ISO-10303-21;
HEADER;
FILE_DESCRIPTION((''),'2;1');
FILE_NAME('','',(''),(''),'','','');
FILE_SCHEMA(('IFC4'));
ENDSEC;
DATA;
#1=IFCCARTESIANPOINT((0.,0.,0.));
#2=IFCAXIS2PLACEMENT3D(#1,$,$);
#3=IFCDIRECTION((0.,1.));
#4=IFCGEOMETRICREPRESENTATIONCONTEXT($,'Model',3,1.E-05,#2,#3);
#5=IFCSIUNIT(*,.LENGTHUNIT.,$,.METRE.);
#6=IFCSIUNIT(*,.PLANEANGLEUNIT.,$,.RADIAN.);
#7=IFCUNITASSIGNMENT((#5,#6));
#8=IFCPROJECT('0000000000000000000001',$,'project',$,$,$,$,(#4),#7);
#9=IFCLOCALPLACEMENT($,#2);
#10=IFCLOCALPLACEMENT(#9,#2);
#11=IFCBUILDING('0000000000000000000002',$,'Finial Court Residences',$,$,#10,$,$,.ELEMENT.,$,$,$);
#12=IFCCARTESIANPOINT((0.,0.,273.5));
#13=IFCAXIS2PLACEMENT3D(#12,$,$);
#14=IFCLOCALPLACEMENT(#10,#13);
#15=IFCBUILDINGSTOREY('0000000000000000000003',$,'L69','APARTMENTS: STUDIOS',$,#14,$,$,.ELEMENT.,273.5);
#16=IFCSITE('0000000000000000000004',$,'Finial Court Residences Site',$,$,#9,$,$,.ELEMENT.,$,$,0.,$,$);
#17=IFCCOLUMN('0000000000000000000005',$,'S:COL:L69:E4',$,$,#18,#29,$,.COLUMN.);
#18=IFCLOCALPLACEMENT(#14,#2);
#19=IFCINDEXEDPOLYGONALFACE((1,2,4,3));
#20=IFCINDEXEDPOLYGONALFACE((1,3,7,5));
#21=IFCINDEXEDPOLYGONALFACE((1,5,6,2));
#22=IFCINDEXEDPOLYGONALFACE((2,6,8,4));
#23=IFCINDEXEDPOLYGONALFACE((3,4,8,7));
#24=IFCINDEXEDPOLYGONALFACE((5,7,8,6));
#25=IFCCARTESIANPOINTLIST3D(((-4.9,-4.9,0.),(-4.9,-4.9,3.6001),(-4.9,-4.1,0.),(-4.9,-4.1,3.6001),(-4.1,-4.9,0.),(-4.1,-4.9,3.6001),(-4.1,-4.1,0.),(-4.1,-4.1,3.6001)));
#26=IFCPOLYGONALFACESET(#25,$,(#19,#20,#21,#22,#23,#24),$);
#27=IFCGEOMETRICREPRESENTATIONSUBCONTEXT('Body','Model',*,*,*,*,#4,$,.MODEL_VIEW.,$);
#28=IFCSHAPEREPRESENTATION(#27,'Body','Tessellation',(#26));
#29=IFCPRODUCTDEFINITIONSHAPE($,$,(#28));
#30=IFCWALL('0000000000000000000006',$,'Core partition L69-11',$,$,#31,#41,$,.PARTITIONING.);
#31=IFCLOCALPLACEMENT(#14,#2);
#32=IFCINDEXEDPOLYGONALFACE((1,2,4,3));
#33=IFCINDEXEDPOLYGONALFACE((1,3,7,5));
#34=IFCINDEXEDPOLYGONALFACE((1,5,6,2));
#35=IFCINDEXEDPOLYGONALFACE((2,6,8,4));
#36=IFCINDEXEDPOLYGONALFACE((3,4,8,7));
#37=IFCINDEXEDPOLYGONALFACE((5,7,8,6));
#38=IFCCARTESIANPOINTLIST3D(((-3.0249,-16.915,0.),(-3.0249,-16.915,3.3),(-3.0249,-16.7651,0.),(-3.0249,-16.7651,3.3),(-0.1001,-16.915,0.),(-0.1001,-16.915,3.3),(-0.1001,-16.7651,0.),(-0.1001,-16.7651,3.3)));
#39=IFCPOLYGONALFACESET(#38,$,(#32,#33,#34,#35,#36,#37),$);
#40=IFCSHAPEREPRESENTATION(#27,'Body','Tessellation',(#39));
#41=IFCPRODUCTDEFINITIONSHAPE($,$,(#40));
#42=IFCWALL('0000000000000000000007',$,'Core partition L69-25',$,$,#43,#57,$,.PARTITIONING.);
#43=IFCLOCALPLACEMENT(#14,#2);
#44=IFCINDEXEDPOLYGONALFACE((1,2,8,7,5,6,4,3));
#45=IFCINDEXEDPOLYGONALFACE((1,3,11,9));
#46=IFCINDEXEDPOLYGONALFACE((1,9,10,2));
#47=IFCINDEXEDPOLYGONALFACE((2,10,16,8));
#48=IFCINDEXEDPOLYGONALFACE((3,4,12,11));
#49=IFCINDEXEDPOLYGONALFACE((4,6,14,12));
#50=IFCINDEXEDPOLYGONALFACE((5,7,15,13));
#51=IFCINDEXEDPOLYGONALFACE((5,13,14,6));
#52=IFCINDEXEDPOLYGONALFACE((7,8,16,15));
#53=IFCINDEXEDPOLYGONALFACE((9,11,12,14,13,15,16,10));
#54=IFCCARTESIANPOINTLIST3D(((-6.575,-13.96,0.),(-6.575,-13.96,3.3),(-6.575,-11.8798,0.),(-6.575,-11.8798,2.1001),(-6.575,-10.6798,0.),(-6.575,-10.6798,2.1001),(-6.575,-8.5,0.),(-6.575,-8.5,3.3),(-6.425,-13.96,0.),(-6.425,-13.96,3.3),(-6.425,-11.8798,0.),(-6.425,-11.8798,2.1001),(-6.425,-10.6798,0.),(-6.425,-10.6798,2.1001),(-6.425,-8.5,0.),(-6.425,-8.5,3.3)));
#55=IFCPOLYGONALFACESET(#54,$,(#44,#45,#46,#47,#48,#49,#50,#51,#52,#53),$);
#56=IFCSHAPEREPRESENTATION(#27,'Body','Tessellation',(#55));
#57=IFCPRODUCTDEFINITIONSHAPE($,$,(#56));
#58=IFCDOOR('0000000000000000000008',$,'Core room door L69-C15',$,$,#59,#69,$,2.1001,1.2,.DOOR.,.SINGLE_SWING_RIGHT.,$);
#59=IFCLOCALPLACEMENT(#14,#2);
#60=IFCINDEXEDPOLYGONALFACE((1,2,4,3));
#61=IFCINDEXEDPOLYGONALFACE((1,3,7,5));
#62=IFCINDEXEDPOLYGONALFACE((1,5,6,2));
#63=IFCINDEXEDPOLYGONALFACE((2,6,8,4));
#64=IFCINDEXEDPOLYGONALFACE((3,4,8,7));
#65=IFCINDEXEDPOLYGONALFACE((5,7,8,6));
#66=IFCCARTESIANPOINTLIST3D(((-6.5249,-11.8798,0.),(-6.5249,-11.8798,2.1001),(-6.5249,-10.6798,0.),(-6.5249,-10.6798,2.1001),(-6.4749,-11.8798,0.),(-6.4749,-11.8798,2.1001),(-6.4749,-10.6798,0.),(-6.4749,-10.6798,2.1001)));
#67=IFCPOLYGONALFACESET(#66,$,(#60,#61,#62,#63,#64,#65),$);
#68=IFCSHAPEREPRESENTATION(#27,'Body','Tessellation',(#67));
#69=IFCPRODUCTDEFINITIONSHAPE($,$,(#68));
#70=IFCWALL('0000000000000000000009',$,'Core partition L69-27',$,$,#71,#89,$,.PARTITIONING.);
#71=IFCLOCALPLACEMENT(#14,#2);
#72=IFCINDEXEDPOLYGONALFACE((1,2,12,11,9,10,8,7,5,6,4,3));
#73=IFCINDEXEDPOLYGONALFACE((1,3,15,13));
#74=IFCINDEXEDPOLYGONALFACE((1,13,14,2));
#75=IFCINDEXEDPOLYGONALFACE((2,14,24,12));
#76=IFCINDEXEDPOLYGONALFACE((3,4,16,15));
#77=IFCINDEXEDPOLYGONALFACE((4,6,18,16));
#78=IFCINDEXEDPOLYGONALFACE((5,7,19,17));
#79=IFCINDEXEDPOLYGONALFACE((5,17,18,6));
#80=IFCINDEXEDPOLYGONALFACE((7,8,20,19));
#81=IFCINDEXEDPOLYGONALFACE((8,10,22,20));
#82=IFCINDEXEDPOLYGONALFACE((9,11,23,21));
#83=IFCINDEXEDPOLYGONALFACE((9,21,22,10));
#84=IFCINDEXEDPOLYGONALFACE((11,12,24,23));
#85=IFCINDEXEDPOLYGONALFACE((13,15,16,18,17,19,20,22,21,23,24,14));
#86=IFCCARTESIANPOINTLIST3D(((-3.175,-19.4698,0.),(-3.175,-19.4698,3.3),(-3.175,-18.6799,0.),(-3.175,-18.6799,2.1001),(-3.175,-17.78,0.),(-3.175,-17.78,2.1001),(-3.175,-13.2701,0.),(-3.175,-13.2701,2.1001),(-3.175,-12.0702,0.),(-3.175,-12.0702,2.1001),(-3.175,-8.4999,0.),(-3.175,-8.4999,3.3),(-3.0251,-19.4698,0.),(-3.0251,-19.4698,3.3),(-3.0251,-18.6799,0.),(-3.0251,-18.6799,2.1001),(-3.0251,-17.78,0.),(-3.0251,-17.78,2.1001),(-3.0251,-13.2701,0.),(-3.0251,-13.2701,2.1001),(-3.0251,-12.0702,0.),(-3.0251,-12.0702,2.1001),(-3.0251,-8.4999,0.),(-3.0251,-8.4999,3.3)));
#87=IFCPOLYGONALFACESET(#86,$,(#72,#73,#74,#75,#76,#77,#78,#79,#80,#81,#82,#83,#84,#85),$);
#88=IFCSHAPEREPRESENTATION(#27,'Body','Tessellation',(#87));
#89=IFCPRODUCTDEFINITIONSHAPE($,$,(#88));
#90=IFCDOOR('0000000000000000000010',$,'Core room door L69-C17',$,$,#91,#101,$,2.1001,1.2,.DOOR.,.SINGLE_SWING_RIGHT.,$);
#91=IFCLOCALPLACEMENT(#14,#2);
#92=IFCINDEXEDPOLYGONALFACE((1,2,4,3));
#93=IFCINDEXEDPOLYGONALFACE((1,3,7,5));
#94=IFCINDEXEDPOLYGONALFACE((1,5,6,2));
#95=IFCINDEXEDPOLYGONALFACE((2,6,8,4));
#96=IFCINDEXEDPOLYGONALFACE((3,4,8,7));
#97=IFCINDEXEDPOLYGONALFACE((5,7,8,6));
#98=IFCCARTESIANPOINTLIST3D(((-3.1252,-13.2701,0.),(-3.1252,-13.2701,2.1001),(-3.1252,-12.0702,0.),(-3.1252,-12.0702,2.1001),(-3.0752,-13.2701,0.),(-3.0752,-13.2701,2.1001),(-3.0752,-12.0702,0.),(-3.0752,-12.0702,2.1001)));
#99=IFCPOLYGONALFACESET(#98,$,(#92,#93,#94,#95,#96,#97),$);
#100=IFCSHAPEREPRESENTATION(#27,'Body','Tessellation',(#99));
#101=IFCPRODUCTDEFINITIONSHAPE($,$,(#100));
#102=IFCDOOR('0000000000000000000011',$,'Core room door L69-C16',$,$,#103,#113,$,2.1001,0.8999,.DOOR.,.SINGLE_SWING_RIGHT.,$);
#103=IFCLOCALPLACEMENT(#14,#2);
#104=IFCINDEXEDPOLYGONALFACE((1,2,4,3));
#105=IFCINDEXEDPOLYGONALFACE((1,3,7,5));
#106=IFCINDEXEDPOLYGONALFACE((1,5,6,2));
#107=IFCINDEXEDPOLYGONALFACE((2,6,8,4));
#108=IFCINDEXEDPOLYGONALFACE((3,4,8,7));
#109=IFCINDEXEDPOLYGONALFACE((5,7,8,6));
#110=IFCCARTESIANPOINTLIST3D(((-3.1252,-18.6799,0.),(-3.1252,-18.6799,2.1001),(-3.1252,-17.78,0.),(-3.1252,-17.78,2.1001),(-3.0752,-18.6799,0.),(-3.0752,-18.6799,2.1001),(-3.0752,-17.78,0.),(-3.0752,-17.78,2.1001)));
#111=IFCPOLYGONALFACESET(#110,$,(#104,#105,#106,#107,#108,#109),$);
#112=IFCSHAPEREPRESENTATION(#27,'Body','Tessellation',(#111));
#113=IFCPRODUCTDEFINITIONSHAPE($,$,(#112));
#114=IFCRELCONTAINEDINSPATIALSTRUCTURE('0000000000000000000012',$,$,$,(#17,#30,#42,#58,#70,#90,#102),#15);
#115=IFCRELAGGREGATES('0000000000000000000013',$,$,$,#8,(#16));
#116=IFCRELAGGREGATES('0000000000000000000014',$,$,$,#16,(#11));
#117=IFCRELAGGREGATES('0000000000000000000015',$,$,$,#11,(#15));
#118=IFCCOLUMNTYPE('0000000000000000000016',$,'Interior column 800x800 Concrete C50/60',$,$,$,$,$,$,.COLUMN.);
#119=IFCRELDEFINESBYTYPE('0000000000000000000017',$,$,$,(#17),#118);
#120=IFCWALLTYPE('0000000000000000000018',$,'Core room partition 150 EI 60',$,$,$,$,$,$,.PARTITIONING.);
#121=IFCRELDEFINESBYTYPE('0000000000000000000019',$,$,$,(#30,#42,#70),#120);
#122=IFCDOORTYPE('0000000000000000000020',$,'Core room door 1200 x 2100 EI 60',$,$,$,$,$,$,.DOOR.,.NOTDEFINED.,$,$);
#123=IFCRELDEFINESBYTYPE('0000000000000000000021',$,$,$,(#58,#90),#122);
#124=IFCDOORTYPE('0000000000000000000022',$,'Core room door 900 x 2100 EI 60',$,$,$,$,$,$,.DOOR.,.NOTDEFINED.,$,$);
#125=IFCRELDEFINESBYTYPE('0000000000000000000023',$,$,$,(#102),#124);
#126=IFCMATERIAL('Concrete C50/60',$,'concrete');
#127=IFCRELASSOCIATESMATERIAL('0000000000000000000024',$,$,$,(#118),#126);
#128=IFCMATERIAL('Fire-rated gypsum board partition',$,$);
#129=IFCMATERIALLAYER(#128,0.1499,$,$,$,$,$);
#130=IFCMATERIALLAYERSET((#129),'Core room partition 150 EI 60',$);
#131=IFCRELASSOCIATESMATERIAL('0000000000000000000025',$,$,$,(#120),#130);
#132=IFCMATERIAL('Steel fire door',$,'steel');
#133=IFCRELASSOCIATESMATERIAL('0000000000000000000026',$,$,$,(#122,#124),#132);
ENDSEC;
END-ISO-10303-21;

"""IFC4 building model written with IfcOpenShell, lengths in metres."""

from ifc_helpers import new_model, si_unit, direction, frame, frame_2d, origin, origin_2d, place, context, subcontext, project, spatial, rectangle, extrude, material, layer, layer_set, material_profile, profile_set, type_object, element, fill, save


model = new_model("IFC4")

# Units and contexts
model_context = context("Model", 3, precision=1e-05, world=origin(), true_north=direction((0.0, 1.0)))
body_context = subcontext(model_context, "Body", "Model", "MODEL_VIEW")
ifc_project = project(units=[si_unit("LENGTHUNIT", "METRE"), si_unit("PLANEANGLEUNIT", "RADIAN")], contexts=[model_context])

# Site, building, storey
site_placement = place(None, origin())
site = spatial("IfcSite", under=ifc_project, at=site_placement, Name="Finial Court Residences Site", CompositionType="ELEMENT", RefElevation=0.0)
building_placement = place(site_placement, origin())
building = spatial("IfcBuilding", under=site, at=building_placement, Name="Finial Court Residences", CompositionType="ELEMENT")
storey_placement = place(building_placement, frame((0.0, 0.0, 273.5)))
storey = spatial("IfcBuildingStorey", under=building, at=storey_placement, Name="L69", Description="APARTMENTS: STUDIOS", CompositionType="ELEMENT", Elevation=273.5)

# Column
ifc_material_1 = material(Name="Concrete C50/60", Category="concrete")
ifc_material_profile = material_profile(ifc_material_1, rectangle(XDim=0.8, YDim=0.8, at=origin_2d()), Name="800x800")
ifc_profile_set = profile_set([ifc_material_profile], Name="Concrete C50/60")
column_type = type_object("IfcColumnType", Name="Interior column 800x800 Concrete C50/60", PredefinedType="COLUMN", material=ifc_profile_set)
column_placement = place(storey_placement, frame((-4.5, -4.5, 0.0), z_axis=(0.0, 0.0, 1.0), x_axis=(1.0, 0.0, 0.0)))
element("IfcColumn", 1, at=column_placement, inside=storey, type_object=column_type, Name="S:COL:L69:E4", PredefinedType="COLUMN", context=body_context, shape_type="SweptSolid", body=[
    extrude(rectangle(XDim=0.8, YDim=0.8, at=origin_2d()), origin(), (0.0, 0.0, 1.0), 3.6001),
])

# Wall
ifc_material_2 = material(Name="Fire-rated gypsum board partition")
ifc_layer_1 = layer(ifc_material_2, 0.1499)
ifc_layer_set_1 = layer_set([ifc_layer_1], Name="Core room partition 150 EI 60")
wall_type_1 = type_object("IfcWallType", Name="Core room partition 150 EI 60", PredefinedType="PARTITIONING", material=ifc_layer_set_1)
wall_1_placement = place(storey_placement, frame((-3.0249, -16.8401, 0.0), z_axis=(0.0, 0.0, 1.0), x_axis=(1.0, 0.0, 0.0)))
element("IfcWall", 2, at=wall_1_placement, inside=storey, type_object=wall_type_1, Name="Core partition L69-11", PredefinedType="PARTITIONING", context=body_context, shape_type="SweptSolid", body=[
    extrude(rectangle(XDim=2.9248, YDim=0.1499, at=frame_2d((1.4624, 0.0))), origin(), (0.0, 0.0, 1.0), 3.3),
])

# Wall, opening, door
wall_2_placement = place(storey_placement, frame((-6.5, -13.96, 0.0), z_axis=(0.0, 0.0, 1.0), x_axis=(0.0, 1.0, 0.0)))
wall_2 = element("IfcWall", 3, at=wall_2_placement, inside=storey, type_object=wall_type_1, Name="Core partition L69-25", PredefinedType="PARTITIONING", context=body_context, shape_type="SweptSolid", body=[
    extrude(rectangle(XDim=5.46, YDim=0.1499, at=frame_2d((2.73, 0.0))), origin(), (0.0, 0.0, 1.0), 3.3),
])
opening_1_placement = place(wall_2_placement, frame((2.0801, 0.0, 0.0)))
opening_1 = element("IfcOpeningElement", 4, at=opening_1_placement, cuts=wall_2, PredefinedType="OPENING", context=body_context, shape_type="SweptSolid", body=[
    extrude(rectangle(XDim=1.2, YDim=2.1001, at=frame_2d((0.6001, 1.05))), frame((0.0, 0.085, 0.0), z_axis=(0.0, -1.0, 0.0), x_axis=(1.0, 0.0, 0.0)), (0.0, 0.0, 1.0), 0.1699),
])
ifc_material_3 = material(Name="Steel fire door", Category="steel")
door_type_1 = type_object("IfcDoorType", Name="Core room door 1200 x 2100 EI 60", OperationType="NOTDEFINED", PredefinedType="DOOR", material=ifc_material_3)
door_1_placement = place(opening_1_placement, origin())
door_1 = element("IfcDoor", 5, at=door_1_placement, inside=storey, type_object=door_type_1, Name="Core room door L69-C15", OperationType="SINGLE_SWING_RIGHT", OverallHeight=2.1001, OverallWidth=1.2, PredefinedType="DOOR", context=body_context, shape_type="SweptSolid", body=[
    extrude(rectangle(XDim=1.2, YDim=2.1001, at=frame_2d((0.6001, 1.05))), frame((0.0, 0.0249, 0.0), z_axis=(0.0, -1.0, 0.0), x_axis=(1.0, 0.0, 0.0)), (0.0, 0.0, 1.0), 0.05),
])
fill(opening_1, door_1)

# Wall, openings, doors
wall_3_placement = place(storey_placement, frame((-3.1001, -8.5, 0.0), z_axis=(0.0, 0.0, 1.0), x_axis=(0.0, -1.0, 0.0)))
wall_3 = element("IfcWall", 6, at=wall_3_placement, inside=storey, type_object=wall_type_1, Name="Core partition L69-27", PredefinedType="PARTITIONING", context=body_context, shape_type="SweptSolid", body=[
    extrude(rectangle(XDim=10.97, YDim=0.1499, at=frame_2d((5.4849, 0.0))), origin(), (0.0, 0.0, 1.0), 3.3),
])
opening_2_placement = place(wall_3_placement, frame((9.28, 0.0, 0.0)))
opening_2 = element("IfcOpeningElement", 7, at=opening_2_placement, cuts=wall_3, PredefinedType="OPENING", context=body_context, shape_type="SweptSolid", body=[
    extrude(rectangle(XDim=0.8999, YDim=2.1001, at=frame_2d((0.45, 1.05))), frame((0.0, 0.085, 0.0), z_axis=(0.0, -1.0, 0.0), x_axis=(1.0, 0.0, 0.0)), (0.0, 0.0, 1.0), 0.1699),
])
opening_3_placement = place(wall_3_placement, frame((3.5701, 0.0, 0.0)))
opening_3 = element("IfcOpeningElement", 8, at=opening_3_placement, cuts=wall_3, PredefinedType="OPENING", context=body_context, shape_type="SweptSolid", body=[
    extrude(rectangle(XDim=1.2, YDim=2.1001, at=frame_2d((0.6001, 1.05))), frame((0.0, 0.085, 0.0), z_axis=(0.0, -1.0, 0.0), x_axis=(1.0, 0.0, 0.0)), (0.0, 0.0, 1.0), 0.1699),
])
door_2_placement = place(opening_3_placement, origin())
door_2 = element("IfcDoor", 9, at=door_2_placement, inside=storey, type_object=door_type_1, Name="Core room door L69-C17", OperationType="SINGLE_SWING_RIGHT", OverallHeight=2.1001, OverallWidth=1.2, PredefinedType="DOOR", context=body_context, shape_type="SweptSolid", body=[
    extrude(rectangle(XDim=1.2, YDim=2.1001, at=frame_2d((0.6001, 1.05))), frame((0.0, 0.0249, 0.0), z_axis=(0.0, -1.0, 0.0), x_axis=(1.0, 0.0, 0.0)), (0.0, 0.0, 1.0), 0.05),
])
fill(opening_3, door_2)
door_type_2 = type_object("IfcDoorType", Name="Core room door 900 x 2100 EI 60", OperationType="NOTDEFINED", PredefinedType="DOOR", material=ifc_material_3)
door_3_placement = place(opening_2_placement, origin())
door_3 = element("IfcDoor", 10, at=door_3_placement, inside=storey, type_object=door_type_2, Name="Core room door L69-C16", OperationType="SINGLE_SWING_RIGHT", OverallHeight=2.1001, OverallWidth=0.8999, PredefinedType="DOOR", context=body_context, shape_type="SweptSolid", body=[
    extrude(rectangle(XDim=0.8999, YDim=2.1001, at=frame_2d((0.45, 1.05))), frame((0.0, 0.0249, 0.0), z_axis=(0.0, -1.0, 0.0), x_axis=(1.0, 0.0, 0.0)), (0.0, 0.0, 1.0), 0.05),
])
fill(opening_2, door_3)

save(model, "model.ifc")
